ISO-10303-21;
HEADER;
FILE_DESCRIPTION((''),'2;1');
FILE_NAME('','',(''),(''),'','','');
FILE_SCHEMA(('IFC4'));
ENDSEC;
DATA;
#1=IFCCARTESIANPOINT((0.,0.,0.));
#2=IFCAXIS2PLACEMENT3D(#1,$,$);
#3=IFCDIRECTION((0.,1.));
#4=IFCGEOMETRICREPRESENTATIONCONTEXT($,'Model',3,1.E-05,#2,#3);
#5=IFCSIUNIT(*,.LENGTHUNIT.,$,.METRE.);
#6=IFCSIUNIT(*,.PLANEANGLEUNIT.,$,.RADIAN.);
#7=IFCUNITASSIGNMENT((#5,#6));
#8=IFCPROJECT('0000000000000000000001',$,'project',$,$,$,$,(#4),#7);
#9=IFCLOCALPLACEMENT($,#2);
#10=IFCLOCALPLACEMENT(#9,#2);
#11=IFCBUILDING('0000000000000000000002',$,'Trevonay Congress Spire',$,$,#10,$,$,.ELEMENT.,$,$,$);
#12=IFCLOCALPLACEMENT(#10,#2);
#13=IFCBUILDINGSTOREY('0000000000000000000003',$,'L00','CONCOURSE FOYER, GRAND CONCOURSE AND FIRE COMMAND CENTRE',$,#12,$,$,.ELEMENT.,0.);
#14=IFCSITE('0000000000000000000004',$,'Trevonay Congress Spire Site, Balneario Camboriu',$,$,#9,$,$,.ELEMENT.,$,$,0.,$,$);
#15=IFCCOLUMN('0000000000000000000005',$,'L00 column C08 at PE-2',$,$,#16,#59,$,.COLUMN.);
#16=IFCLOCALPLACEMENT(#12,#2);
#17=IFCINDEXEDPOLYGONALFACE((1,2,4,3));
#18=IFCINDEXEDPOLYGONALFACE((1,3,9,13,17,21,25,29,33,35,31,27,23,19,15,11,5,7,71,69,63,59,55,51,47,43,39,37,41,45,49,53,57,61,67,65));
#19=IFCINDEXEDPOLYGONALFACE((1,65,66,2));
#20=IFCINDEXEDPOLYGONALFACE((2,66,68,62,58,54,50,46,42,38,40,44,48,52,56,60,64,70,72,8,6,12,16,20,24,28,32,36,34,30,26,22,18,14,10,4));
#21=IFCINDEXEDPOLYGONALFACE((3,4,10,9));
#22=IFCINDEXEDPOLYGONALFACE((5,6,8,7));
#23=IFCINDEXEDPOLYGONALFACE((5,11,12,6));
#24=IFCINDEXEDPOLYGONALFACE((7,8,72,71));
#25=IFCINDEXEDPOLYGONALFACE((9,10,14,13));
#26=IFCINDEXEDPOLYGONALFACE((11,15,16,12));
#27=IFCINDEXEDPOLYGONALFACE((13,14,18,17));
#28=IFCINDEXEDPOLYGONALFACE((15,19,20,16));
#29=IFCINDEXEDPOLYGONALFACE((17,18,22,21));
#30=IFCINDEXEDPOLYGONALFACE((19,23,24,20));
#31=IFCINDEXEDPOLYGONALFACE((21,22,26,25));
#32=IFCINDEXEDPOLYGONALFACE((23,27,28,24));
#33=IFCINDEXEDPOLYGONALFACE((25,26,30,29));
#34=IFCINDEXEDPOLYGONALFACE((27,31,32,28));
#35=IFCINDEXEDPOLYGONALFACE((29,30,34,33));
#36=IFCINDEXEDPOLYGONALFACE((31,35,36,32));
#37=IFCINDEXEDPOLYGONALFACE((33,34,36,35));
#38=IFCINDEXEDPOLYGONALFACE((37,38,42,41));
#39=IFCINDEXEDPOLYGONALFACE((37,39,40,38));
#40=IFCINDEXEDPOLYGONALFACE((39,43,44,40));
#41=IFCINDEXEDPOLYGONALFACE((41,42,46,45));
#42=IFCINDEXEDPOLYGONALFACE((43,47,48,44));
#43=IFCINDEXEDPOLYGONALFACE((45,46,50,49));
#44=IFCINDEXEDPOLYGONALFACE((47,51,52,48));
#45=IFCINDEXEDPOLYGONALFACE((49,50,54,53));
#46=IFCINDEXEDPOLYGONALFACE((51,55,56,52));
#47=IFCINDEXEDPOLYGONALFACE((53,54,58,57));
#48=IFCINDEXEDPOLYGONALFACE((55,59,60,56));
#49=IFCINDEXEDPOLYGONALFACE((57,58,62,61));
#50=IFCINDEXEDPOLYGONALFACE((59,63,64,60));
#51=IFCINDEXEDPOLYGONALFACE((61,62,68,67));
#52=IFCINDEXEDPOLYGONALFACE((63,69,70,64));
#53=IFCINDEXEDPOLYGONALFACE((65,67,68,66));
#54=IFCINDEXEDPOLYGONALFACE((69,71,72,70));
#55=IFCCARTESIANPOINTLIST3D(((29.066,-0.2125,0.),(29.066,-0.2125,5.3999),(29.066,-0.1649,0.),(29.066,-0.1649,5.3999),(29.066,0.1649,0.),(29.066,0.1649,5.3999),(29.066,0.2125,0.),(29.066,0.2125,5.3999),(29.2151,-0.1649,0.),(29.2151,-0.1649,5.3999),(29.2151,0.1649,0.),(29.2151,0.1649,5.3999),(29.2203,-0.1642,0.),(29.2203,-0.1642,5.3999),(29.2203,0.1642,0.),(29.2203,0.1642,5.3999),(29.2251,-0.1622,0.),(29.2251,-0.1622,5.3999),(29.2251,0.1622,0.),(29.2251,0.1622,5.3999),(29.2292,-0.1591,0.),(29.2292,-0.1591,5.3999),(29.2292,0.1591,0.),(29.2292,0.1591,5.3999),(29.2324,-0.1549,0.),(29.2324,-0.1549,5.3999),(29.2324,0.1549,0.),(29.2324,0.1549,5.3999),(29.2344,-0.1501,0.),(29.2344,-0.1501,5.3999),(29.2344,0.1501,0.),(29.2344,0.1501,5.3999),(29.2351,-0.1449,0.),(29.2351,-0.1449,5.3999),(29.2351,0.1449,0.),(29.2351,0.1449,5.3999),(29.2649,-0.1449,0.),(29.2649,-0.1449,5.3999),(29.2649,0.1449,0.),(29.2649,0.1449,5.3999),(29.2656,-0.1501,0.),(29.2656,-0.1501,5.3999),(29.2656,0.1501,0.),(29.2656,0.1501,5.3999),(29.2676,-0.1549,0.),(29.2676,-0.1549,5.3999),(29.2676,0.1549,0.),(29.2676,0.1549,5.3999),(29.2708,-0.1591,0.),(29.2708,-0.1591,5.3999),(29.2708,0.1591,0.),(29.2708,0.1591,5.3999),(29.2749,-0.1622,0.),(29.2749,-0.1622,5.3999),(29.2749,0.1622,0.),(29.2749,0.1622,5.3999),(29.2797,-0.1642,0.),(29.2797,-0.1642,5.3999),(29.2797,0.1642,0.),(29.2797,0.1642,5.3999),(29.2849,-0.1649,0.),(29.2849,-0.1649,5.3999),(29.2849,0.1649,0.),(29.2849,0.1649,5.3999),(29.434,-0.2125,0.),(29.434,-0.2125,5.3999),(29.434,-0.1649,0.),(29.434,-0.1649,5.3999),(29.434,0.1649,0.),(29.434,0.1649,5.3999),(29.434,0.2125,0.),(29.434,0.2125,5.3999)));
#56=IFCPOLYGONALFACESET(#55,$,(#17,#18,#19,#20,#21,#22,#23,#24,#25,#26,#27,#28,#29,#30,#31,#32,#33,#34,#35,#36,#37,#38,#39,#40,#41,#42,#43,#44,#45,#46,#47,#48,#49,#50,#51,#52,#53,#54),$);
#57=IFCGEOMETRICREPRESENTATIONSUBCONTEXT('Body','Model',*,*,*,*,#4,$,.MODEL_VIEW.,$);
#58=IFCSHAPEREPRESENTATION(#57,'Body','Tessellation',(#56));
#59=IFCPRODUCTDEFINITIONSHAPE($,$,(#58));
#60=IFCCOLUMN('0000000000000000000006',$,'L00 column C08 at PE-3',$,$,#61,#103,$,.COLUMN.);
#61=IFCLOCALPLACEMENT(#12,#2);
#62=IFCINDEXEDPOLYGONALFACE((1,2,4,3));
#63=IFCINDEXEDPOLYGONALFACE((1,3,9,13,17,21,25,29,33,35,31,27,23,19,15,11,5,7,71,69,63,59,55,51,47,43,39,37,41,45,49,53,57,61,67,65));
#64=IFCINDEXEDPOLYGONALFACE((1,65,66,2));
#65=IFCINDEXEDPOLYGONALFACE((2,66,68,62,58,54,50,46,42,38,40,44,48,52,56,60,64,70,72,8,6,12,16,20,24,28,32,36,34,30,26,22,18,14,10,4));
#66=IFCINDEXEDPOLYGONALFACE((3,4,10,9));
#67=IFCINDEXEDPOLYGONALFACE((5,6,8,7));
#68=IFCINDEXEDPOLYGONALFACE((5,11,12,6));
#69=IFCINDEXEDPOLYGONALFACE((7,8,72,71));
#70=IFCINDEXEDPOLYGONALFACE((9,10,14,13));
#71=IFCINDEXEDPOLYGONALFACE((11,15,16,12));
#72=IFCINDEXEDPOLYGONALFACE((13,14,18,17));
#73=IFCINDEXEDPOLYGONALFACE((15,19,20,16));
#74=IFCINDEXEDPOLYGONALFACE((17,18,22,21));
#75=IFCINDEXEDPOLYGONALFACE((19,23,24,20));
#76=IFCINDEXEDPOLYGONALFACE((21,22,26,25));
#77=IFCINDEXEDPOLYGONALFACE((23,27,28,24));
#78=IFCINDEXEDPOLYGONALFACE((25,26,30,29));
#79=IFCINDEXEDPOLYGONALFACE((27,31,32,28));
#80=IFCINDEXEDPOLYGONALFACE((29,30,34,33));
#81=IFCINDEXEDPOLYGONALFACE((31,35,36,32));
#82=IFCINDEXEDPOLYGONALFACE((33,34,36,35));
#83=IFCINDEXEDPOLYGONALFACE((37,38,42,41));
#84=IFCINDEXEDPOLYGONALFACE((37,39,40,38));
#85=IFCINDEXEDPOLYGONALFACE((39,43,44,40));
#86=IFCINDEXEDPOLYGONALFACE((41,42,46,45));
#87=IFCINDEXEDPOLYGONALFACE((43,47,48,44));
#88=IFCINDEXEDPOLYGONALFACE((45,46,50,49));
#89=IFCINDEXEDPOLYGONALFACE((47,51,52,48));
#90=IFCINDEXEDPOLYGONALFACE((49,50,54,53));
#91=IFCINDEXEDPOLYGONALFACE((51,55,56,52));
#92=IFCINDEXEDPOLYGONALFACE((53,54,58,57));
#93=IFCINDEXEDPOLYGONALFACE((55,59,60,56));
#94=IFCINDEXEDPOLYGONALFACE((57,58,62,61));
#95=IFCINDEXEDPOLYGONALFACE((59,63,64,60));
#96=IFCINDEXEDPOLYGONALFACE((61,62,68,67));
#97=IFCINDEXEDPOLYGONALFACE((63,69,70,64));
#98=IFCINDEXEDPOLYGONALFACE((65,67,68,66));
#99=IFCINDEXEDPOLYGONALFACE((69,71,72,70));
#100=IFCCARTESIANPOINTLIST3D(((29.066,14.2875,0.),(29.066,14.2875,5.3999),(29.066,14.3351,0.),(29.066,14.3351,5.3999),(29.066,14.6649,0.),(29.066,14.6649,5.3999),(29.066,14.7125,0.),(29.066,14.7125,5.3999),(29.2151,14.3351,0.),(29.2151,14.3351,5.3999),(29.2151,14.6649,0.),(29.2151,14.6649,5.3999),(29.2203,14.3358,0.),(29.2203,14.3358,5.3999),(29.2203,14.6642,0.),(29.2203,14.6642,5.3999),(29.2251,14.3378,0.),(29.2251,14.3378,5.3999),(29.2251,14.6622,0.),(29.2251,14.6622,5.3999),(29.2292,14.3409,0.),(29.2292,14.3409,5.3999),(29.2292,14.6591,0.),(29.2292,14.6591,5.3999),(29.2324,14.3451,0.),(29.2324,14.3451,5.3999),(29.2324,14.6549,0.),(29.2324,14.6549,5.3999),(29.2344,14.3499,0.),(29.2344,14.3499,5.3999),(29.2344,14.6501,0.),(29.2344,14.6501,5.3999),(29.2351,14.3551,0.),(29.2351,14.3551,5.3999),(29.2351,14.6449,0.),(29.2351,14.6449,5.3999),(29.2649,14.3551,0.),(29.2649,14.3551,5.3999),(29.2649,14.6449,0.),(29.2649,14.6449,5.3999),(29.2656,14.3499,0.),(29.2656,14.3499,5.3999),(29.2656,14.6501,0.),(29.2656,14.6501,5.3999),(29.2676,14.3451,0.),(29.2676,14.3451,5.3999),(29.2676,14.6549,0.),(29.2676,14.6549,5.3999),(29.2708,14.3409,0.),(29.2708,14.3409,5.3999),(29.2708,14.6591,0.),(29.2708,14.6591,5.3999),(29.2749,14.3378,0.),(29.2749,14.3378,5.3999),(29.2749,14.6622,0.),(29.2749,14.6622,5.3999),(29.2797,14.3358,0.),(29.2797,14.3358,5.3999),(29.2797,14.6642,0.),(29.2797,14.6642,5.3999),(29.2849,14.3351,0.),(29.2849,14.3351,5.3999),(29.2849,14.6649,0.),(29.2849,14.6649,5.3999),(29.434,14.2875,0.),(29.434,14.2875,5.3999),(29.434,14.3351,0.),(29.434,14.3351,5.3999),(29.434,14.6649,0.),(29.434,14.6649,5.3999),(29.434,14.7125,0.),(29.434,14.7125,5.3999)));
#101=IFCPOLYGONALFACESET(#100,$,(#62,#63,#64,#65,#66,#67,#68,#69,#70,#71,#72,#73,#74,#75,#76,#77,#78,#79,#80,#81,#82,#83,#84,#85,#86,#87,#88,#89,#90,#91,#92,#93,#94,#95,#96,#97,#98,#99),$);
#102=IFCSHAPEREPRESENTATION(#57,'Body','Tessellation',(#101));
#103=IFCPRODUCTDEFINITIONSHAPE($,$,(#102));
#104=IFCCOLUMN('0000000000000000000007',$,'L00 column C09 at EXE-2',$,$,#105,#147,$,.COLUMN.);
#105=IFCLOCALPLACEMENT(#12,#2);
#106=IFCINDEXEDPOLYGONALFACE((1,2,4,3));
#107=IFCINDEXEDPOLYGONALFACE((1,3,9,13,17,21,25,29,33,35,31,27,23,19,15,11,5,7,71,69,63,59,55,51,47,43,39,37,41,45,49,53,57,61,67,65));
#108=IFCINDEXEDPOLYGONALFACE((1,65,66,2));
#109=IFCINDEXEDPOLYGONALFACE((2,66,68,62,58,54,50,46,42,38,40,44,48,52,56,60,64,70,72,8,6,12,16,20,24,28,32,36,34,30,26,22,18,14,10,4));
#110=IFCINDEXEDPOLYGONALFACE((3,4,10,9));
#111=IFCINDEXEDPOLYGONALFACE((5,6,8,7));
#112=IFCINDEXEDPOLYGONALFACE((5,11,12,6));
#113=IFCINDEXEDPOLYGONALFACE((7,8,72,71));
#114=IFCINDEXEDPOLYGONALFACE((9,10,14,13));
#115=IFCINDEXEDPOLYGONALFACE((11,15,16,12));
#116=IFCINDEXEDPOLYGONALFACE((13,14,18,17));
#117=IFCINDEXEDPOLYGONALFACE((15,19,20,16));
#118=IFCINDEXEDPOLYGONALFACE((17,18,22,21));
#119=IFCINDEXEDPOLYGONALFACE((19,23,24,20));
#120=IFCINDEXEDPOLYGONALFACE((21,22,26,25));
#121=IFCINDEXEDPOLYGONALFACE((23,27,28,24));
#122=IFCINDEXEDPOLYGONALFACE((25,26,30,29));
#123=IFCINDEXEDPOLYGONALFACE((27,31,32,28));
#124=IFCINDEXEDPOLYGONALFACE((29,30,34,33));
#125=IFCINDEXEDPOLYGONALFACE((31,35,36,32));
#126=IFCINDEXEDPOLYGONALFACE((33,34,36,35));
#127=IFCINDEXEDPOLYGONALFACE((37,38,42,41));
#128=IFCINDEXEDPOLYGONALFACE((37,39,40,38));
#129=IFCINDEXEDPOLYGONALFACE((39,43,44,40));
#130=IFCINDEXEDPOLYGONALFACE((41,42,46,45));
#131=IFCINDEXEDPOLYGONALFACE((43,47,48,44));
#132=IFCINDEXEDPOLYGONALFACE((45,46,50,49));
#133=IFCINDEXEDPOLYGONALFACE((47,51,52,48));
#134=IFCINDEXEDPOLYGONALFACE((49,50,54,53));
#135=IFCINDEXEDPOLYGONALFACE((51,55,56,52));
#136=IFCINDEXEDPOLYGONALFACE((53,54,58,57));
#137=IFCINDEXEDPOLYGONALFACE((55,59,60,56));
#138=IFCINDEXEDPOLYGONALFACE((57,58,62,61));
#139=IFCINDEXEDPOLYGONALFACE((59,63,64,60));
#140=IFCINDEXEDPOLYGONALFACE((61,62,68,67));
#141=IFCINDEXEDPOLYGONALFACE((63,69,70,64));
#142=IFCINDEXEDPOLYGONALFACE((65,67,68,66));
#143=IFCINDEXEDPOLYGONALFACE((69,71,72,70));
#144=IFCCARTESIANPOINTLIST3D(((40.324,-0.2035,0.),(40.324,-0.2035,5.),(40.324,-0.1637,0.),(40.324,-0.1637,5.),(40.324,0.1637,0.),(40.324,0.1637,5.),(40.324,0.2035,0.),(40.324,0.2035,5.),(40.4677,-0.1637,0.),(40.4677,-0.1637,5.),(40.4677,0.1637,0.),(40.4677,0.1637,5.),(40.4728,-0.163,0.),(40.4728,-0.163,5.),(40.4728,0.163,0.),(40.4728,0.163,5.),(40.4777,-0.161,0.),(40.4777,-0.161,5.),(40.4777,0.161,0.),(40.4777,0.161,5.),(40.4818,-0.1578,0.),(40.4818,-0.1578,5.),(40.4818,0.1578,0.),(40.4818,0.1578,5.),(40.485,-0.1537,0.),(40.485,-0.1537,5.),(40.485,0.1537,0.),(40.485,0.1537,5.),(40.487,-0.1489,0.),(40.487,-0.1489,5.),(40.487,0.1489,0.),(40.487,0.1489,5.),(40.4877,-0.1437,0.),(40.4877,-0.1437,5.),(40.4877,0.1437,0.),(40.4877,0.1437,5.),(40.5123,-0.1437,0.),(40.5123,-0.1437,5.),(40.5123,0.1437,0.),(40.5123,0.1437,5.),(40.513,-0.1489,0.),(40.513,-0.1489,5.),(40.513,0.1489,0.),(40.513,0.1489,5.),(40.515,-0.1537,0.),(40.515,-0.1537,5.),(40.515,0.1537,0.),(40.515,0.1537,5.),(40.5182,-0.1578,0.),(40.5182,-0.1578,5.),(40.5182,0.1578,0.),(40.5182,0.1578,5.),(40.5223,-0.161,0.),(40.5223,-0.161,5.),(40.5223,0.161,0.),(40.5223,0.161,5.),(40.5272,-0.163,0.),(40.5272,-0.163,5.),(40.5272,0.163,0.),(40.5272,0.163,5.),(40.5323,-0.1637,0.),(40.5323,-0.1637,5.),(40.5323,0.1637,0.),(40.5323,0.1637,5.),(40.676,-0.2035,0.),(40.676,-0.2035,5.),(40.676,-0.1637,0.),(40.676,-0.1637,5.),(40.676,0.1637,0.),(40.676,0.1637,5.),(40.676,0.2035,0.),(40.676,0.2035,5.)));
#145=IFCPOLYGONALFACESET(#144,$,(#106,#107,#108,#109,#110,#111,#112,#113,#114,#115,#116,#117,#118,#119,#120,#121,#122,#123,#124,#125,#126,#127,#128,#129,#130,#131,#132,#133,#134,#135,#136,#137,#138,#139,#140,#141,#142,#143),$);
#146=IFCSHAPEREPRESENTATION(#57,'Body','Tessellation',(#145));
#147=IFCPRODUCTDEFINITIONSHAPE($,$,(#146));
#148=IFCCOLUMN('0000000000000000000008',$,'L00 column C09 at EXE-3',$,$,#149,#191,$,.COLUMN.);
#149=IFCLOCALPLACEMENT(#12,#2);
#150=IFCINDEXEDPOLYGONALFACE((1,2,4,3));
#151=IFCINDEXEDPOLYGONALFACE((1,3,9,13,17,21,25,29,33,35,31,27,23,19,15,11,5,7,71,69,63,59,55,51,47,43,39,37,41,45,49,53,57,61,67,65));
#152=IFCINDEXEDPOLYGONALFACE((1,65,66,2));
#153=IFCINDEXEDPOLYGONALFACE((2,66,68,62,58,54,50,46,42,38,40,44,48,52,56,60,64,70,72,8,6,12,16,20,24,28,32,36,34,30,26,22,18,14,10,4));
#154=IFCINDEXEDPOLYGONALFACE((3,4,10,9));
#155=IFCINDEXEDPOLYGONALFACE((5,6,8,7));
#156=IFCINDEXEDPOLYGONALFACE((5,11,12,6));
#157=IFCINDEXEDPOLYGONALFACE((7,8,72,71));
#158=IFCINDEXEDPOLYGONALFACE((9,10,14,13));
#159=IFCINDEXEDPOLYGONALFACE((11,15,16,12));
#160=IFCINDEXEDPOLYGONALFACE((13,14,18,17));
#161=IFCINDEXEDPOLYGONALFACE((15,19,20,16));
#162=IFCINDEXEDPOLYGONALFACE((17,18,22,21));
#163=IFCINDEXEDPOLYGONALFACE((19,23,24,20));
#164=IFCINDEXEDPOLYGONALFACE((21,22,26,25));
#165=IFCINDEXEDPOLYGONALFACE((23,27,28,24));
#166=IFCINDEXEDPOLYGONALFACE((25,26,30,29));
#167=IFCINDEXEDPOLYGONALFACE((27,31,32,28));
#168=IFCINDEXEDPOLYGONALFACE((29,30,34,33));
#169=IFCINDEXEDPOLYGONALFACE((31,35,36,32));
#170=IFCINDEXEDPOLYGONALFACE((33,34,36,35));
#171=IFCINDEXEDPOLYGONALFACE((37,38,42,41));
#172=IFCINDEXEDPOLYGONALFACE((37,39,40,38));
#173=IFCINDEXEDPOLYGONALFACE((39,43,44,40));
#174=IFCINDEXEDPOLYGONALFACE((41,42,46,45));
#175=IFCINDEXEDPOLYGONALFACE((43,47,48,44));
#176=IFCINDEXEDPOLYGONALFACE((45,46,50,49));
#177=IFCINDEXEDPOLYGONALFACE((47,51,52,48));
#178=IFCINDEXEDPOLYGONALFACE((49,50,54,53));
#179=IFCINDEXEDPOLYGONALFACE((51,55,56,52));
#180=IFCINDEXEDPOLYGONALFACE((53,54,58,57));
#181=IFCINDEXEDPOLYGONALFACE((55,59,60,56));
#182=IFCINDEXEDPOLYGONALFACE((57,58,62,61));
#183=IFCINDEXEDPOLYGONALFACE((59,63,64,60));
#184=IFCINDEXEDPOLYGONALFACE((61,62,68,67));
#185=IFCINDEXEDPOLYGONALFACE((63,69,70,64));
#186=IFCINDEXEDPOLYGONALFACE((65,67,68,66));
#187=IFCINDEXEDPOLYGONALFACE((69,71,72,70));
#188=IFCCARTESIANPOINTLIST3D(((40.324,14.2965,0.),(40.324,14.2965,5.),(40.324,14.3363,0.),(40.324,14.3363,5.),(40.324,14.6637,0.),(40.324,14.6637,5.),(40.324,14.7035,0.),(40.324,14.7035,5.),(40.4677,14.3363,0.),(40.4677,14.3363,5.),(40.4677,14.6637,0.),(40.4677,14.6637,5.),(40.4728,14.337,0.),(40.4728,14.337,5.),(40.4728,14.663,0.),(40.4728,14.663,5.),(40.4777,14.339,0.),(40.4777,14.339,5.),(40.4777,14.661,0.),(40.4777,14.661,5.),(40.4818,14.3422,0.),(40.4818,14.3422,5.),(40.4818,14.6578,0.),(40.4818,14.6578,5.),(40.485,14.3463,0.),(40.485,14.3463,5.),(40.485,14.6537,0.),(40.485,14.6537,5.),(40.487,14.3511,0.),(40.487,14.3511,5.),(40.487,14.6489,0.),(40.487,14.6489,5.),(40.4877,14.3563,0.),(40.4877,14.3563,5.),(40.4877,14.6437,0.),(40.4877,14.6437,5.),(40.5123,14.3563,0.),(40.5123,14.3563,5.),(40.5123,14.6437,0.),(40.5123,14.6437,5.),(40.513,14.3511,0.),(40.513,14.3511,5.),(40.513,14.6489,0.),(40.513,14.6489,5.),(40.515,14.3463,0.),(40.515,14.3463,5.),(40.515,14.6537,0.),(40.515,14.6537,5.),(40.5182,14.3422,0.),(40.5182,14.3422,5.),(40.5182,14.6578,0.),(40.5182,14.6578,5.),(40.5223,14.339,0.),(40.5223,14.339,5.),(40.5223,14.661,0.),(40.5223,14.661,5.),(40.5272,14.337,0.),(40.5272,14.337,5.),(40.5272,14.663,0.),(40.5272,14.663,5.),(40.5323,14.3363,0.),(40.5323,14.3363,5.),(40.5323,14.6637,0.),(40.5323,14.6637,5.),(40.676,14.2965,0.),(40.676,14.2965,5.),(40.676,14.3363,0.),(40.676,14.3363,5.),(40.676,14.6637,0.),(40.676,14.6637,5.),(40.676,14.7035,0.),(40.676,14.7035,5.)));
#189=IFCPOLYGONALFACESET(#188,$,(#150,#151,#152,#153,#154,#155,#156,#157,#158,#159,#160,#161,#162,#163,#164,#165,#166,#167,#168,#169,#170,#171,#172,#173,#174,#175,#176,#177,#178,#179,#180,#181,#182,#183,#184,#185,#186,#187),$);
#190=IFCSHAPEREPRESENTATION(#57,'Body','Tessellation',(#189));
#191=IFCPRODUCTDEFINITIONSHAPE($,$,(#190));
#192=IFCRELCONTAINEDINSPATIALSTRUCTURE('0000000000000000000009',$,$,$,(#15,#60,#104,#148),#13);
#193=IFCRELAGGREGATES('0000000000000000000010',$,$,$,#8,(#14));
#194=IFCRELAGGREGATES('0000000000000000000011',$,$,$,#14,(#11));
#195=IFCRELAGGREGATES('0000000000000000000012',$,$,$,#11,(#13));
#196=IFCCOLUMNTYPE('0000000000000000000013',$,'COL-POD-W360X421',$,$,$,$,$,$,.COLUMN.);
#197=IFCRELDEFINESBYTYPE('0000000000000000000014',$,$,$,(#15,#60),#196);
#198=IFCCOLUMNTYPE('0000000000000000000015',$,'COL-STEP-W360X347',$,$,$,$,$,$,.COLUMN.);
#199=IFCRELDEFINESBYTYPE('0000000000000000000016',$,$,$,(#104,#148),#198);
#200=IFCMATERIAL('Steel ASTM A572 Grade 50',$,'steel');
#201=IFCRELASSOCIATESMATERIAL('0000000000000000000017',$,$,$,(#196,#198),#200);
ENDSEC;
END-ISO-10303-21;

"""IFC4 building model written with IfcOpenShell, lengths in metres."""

from ifc_helpers import new_model, si_unit, direction, frame, origin, origin_2d, place, context, subcontext, project, spatial, i_section, extrude, material, material_profile, profile_set, type_object, element, save


model = new_model("IFC4")

# Units and contexts
model_context = context("Model", 3, precision=1e-05, world=origin(), true_north=direction((0.0, 1.0)))
body_context = subcontext(model_context, "Body", "Model", "MODEL_VIEW")
ifc_project = project(units=[si_unit("LENGTHUNIT", "METRE"), si_unit("PLANEANGLEUNIT", "RADIAN")], contexts=[model_context])

# Site, building, storey
site_placement = place(None, origin())
site = spatial("IfcSite", under=ifc_project, at=site_placement, Name="Trevonay Congress Spire Site, Balneario Camboriu", CompositionType="ELEMENT", RefElevation=0.0)
building_placement = place(site_placement, origin())
building = spatial("IfcBuilding", under=site, at=building_placement, Name="Trevonay Congress Spire", CompositionType="ELEMENT")
storey_placement = place(building_placement, origin())
storey = spatial("IfcBuildingStorey", under=building, at=storey_placement, Name="L00", Description="CONCOURSE FOYER, GRAND CONCOURSE AND FIRE COMMAND CENTRE", CompositionType="ELEMENT", Elevation=0.0)

# Columns
ifc_material_1 = material(Name="Steel ASTM A572 Grade 50", Category="steel")
ifc_material_profile_1 = material_profile(ifc_material_1, i_section(OverallWidth=0.3679, OverallDepth=0.425, WebThickness=0.0298, FlangeThickness=0.0476, FilletRadius=0.02, at=origin_2d()), Name="W360x421")
ifc_profile_set_1 = profile_set([ifc_material_profile_1], Name="Steel ASTM A572 Grade 50")
column_type_1 = type_object("IfcColumnType", Name="COL-POD-W360X421", PredefinedType="COLUMN", material=ifc_profile_set_1)
for number, where, z_axis, x_axis, name in (
    (1, (29.25, 0.0, 0.0), (0.0, 0.0, 1.0), (1.0, 0.0, 0.0), "L00 column C08 at PE-2"),
    (2, (29.25, 14.5, 0.0), (0.0, 0.0, 1.0), (1.0, 0.0, 0.0), "L00 column C08 at PE-3"),
):
    element("IfcColumn", number, at=place(storey_placement, frame(where, z_axis=z_axis, x_axis=x_axis)), inside=storey, type_object=column_type_1, Name=name, PredefinedType="COLUMN", context=body_context, shape_type="SweptSolid", body=[
        extrude(i_section(OverallWidth=0.3679, OverallDepth=0.425, WebThickness=0.0298, FlangeThickness=0.0476, FilletRadius=0.02, at=origin_2d()), origin(), (0.0, 0.0, 1.0), 5.3999),
    ])
ifc_material_profile_2 = material_profile(ifc_material_1, i_section(OverallWidth=0.3521, OverallDepth=0.407, WebThickness=0.0247, FlangeThickness=0.0398, FilletRadius=0.02, at=origin_2d()), Name="W360x347")
ifc_profile_set_2 = profile_set([ifc_material_profile_2], Name="Steel ASTM A572 Grade 50")
column_type_2 = type_object("IfcColumnType", Name="COL-STEP-W360X347", PredefinedType="COLUMN", material=ifc_profile_set_2)
for number, where, z_axis, x_axis, name in (
    (3, (40.5, 0.0, 0.0), (0.0, 0.0, 1.0), (1.0, 0.0, 0.0), "L00 column C09 at EXE-2"),
    (4, (40.5, 14.5, 0.0), (0.0, 0.0, 1.0), (1.0, 0.0, 0.0), "L00 column C09 at EXE-3"),
):
    element("IfcColumn", number, at=place(storey_placement, frame(where, z_axis=z_axis, x_axis=x_axis)), inside=storey, type_object=column_type_2, Name=name, PredefinedType="COLUMN", context=body_context, shape_type="SweptSolid", body=[
        extrude(i_section(OverallWidth=0.3521, OverallDepth=0.407, WebThickness=0.0247, FlangeThickness=0.0398, FilletRadius=0.02, at=origin_2d()), origin(), (0.0, 0.0, 1.0), 5.0),
    ])

save(model, "model.ifc")
